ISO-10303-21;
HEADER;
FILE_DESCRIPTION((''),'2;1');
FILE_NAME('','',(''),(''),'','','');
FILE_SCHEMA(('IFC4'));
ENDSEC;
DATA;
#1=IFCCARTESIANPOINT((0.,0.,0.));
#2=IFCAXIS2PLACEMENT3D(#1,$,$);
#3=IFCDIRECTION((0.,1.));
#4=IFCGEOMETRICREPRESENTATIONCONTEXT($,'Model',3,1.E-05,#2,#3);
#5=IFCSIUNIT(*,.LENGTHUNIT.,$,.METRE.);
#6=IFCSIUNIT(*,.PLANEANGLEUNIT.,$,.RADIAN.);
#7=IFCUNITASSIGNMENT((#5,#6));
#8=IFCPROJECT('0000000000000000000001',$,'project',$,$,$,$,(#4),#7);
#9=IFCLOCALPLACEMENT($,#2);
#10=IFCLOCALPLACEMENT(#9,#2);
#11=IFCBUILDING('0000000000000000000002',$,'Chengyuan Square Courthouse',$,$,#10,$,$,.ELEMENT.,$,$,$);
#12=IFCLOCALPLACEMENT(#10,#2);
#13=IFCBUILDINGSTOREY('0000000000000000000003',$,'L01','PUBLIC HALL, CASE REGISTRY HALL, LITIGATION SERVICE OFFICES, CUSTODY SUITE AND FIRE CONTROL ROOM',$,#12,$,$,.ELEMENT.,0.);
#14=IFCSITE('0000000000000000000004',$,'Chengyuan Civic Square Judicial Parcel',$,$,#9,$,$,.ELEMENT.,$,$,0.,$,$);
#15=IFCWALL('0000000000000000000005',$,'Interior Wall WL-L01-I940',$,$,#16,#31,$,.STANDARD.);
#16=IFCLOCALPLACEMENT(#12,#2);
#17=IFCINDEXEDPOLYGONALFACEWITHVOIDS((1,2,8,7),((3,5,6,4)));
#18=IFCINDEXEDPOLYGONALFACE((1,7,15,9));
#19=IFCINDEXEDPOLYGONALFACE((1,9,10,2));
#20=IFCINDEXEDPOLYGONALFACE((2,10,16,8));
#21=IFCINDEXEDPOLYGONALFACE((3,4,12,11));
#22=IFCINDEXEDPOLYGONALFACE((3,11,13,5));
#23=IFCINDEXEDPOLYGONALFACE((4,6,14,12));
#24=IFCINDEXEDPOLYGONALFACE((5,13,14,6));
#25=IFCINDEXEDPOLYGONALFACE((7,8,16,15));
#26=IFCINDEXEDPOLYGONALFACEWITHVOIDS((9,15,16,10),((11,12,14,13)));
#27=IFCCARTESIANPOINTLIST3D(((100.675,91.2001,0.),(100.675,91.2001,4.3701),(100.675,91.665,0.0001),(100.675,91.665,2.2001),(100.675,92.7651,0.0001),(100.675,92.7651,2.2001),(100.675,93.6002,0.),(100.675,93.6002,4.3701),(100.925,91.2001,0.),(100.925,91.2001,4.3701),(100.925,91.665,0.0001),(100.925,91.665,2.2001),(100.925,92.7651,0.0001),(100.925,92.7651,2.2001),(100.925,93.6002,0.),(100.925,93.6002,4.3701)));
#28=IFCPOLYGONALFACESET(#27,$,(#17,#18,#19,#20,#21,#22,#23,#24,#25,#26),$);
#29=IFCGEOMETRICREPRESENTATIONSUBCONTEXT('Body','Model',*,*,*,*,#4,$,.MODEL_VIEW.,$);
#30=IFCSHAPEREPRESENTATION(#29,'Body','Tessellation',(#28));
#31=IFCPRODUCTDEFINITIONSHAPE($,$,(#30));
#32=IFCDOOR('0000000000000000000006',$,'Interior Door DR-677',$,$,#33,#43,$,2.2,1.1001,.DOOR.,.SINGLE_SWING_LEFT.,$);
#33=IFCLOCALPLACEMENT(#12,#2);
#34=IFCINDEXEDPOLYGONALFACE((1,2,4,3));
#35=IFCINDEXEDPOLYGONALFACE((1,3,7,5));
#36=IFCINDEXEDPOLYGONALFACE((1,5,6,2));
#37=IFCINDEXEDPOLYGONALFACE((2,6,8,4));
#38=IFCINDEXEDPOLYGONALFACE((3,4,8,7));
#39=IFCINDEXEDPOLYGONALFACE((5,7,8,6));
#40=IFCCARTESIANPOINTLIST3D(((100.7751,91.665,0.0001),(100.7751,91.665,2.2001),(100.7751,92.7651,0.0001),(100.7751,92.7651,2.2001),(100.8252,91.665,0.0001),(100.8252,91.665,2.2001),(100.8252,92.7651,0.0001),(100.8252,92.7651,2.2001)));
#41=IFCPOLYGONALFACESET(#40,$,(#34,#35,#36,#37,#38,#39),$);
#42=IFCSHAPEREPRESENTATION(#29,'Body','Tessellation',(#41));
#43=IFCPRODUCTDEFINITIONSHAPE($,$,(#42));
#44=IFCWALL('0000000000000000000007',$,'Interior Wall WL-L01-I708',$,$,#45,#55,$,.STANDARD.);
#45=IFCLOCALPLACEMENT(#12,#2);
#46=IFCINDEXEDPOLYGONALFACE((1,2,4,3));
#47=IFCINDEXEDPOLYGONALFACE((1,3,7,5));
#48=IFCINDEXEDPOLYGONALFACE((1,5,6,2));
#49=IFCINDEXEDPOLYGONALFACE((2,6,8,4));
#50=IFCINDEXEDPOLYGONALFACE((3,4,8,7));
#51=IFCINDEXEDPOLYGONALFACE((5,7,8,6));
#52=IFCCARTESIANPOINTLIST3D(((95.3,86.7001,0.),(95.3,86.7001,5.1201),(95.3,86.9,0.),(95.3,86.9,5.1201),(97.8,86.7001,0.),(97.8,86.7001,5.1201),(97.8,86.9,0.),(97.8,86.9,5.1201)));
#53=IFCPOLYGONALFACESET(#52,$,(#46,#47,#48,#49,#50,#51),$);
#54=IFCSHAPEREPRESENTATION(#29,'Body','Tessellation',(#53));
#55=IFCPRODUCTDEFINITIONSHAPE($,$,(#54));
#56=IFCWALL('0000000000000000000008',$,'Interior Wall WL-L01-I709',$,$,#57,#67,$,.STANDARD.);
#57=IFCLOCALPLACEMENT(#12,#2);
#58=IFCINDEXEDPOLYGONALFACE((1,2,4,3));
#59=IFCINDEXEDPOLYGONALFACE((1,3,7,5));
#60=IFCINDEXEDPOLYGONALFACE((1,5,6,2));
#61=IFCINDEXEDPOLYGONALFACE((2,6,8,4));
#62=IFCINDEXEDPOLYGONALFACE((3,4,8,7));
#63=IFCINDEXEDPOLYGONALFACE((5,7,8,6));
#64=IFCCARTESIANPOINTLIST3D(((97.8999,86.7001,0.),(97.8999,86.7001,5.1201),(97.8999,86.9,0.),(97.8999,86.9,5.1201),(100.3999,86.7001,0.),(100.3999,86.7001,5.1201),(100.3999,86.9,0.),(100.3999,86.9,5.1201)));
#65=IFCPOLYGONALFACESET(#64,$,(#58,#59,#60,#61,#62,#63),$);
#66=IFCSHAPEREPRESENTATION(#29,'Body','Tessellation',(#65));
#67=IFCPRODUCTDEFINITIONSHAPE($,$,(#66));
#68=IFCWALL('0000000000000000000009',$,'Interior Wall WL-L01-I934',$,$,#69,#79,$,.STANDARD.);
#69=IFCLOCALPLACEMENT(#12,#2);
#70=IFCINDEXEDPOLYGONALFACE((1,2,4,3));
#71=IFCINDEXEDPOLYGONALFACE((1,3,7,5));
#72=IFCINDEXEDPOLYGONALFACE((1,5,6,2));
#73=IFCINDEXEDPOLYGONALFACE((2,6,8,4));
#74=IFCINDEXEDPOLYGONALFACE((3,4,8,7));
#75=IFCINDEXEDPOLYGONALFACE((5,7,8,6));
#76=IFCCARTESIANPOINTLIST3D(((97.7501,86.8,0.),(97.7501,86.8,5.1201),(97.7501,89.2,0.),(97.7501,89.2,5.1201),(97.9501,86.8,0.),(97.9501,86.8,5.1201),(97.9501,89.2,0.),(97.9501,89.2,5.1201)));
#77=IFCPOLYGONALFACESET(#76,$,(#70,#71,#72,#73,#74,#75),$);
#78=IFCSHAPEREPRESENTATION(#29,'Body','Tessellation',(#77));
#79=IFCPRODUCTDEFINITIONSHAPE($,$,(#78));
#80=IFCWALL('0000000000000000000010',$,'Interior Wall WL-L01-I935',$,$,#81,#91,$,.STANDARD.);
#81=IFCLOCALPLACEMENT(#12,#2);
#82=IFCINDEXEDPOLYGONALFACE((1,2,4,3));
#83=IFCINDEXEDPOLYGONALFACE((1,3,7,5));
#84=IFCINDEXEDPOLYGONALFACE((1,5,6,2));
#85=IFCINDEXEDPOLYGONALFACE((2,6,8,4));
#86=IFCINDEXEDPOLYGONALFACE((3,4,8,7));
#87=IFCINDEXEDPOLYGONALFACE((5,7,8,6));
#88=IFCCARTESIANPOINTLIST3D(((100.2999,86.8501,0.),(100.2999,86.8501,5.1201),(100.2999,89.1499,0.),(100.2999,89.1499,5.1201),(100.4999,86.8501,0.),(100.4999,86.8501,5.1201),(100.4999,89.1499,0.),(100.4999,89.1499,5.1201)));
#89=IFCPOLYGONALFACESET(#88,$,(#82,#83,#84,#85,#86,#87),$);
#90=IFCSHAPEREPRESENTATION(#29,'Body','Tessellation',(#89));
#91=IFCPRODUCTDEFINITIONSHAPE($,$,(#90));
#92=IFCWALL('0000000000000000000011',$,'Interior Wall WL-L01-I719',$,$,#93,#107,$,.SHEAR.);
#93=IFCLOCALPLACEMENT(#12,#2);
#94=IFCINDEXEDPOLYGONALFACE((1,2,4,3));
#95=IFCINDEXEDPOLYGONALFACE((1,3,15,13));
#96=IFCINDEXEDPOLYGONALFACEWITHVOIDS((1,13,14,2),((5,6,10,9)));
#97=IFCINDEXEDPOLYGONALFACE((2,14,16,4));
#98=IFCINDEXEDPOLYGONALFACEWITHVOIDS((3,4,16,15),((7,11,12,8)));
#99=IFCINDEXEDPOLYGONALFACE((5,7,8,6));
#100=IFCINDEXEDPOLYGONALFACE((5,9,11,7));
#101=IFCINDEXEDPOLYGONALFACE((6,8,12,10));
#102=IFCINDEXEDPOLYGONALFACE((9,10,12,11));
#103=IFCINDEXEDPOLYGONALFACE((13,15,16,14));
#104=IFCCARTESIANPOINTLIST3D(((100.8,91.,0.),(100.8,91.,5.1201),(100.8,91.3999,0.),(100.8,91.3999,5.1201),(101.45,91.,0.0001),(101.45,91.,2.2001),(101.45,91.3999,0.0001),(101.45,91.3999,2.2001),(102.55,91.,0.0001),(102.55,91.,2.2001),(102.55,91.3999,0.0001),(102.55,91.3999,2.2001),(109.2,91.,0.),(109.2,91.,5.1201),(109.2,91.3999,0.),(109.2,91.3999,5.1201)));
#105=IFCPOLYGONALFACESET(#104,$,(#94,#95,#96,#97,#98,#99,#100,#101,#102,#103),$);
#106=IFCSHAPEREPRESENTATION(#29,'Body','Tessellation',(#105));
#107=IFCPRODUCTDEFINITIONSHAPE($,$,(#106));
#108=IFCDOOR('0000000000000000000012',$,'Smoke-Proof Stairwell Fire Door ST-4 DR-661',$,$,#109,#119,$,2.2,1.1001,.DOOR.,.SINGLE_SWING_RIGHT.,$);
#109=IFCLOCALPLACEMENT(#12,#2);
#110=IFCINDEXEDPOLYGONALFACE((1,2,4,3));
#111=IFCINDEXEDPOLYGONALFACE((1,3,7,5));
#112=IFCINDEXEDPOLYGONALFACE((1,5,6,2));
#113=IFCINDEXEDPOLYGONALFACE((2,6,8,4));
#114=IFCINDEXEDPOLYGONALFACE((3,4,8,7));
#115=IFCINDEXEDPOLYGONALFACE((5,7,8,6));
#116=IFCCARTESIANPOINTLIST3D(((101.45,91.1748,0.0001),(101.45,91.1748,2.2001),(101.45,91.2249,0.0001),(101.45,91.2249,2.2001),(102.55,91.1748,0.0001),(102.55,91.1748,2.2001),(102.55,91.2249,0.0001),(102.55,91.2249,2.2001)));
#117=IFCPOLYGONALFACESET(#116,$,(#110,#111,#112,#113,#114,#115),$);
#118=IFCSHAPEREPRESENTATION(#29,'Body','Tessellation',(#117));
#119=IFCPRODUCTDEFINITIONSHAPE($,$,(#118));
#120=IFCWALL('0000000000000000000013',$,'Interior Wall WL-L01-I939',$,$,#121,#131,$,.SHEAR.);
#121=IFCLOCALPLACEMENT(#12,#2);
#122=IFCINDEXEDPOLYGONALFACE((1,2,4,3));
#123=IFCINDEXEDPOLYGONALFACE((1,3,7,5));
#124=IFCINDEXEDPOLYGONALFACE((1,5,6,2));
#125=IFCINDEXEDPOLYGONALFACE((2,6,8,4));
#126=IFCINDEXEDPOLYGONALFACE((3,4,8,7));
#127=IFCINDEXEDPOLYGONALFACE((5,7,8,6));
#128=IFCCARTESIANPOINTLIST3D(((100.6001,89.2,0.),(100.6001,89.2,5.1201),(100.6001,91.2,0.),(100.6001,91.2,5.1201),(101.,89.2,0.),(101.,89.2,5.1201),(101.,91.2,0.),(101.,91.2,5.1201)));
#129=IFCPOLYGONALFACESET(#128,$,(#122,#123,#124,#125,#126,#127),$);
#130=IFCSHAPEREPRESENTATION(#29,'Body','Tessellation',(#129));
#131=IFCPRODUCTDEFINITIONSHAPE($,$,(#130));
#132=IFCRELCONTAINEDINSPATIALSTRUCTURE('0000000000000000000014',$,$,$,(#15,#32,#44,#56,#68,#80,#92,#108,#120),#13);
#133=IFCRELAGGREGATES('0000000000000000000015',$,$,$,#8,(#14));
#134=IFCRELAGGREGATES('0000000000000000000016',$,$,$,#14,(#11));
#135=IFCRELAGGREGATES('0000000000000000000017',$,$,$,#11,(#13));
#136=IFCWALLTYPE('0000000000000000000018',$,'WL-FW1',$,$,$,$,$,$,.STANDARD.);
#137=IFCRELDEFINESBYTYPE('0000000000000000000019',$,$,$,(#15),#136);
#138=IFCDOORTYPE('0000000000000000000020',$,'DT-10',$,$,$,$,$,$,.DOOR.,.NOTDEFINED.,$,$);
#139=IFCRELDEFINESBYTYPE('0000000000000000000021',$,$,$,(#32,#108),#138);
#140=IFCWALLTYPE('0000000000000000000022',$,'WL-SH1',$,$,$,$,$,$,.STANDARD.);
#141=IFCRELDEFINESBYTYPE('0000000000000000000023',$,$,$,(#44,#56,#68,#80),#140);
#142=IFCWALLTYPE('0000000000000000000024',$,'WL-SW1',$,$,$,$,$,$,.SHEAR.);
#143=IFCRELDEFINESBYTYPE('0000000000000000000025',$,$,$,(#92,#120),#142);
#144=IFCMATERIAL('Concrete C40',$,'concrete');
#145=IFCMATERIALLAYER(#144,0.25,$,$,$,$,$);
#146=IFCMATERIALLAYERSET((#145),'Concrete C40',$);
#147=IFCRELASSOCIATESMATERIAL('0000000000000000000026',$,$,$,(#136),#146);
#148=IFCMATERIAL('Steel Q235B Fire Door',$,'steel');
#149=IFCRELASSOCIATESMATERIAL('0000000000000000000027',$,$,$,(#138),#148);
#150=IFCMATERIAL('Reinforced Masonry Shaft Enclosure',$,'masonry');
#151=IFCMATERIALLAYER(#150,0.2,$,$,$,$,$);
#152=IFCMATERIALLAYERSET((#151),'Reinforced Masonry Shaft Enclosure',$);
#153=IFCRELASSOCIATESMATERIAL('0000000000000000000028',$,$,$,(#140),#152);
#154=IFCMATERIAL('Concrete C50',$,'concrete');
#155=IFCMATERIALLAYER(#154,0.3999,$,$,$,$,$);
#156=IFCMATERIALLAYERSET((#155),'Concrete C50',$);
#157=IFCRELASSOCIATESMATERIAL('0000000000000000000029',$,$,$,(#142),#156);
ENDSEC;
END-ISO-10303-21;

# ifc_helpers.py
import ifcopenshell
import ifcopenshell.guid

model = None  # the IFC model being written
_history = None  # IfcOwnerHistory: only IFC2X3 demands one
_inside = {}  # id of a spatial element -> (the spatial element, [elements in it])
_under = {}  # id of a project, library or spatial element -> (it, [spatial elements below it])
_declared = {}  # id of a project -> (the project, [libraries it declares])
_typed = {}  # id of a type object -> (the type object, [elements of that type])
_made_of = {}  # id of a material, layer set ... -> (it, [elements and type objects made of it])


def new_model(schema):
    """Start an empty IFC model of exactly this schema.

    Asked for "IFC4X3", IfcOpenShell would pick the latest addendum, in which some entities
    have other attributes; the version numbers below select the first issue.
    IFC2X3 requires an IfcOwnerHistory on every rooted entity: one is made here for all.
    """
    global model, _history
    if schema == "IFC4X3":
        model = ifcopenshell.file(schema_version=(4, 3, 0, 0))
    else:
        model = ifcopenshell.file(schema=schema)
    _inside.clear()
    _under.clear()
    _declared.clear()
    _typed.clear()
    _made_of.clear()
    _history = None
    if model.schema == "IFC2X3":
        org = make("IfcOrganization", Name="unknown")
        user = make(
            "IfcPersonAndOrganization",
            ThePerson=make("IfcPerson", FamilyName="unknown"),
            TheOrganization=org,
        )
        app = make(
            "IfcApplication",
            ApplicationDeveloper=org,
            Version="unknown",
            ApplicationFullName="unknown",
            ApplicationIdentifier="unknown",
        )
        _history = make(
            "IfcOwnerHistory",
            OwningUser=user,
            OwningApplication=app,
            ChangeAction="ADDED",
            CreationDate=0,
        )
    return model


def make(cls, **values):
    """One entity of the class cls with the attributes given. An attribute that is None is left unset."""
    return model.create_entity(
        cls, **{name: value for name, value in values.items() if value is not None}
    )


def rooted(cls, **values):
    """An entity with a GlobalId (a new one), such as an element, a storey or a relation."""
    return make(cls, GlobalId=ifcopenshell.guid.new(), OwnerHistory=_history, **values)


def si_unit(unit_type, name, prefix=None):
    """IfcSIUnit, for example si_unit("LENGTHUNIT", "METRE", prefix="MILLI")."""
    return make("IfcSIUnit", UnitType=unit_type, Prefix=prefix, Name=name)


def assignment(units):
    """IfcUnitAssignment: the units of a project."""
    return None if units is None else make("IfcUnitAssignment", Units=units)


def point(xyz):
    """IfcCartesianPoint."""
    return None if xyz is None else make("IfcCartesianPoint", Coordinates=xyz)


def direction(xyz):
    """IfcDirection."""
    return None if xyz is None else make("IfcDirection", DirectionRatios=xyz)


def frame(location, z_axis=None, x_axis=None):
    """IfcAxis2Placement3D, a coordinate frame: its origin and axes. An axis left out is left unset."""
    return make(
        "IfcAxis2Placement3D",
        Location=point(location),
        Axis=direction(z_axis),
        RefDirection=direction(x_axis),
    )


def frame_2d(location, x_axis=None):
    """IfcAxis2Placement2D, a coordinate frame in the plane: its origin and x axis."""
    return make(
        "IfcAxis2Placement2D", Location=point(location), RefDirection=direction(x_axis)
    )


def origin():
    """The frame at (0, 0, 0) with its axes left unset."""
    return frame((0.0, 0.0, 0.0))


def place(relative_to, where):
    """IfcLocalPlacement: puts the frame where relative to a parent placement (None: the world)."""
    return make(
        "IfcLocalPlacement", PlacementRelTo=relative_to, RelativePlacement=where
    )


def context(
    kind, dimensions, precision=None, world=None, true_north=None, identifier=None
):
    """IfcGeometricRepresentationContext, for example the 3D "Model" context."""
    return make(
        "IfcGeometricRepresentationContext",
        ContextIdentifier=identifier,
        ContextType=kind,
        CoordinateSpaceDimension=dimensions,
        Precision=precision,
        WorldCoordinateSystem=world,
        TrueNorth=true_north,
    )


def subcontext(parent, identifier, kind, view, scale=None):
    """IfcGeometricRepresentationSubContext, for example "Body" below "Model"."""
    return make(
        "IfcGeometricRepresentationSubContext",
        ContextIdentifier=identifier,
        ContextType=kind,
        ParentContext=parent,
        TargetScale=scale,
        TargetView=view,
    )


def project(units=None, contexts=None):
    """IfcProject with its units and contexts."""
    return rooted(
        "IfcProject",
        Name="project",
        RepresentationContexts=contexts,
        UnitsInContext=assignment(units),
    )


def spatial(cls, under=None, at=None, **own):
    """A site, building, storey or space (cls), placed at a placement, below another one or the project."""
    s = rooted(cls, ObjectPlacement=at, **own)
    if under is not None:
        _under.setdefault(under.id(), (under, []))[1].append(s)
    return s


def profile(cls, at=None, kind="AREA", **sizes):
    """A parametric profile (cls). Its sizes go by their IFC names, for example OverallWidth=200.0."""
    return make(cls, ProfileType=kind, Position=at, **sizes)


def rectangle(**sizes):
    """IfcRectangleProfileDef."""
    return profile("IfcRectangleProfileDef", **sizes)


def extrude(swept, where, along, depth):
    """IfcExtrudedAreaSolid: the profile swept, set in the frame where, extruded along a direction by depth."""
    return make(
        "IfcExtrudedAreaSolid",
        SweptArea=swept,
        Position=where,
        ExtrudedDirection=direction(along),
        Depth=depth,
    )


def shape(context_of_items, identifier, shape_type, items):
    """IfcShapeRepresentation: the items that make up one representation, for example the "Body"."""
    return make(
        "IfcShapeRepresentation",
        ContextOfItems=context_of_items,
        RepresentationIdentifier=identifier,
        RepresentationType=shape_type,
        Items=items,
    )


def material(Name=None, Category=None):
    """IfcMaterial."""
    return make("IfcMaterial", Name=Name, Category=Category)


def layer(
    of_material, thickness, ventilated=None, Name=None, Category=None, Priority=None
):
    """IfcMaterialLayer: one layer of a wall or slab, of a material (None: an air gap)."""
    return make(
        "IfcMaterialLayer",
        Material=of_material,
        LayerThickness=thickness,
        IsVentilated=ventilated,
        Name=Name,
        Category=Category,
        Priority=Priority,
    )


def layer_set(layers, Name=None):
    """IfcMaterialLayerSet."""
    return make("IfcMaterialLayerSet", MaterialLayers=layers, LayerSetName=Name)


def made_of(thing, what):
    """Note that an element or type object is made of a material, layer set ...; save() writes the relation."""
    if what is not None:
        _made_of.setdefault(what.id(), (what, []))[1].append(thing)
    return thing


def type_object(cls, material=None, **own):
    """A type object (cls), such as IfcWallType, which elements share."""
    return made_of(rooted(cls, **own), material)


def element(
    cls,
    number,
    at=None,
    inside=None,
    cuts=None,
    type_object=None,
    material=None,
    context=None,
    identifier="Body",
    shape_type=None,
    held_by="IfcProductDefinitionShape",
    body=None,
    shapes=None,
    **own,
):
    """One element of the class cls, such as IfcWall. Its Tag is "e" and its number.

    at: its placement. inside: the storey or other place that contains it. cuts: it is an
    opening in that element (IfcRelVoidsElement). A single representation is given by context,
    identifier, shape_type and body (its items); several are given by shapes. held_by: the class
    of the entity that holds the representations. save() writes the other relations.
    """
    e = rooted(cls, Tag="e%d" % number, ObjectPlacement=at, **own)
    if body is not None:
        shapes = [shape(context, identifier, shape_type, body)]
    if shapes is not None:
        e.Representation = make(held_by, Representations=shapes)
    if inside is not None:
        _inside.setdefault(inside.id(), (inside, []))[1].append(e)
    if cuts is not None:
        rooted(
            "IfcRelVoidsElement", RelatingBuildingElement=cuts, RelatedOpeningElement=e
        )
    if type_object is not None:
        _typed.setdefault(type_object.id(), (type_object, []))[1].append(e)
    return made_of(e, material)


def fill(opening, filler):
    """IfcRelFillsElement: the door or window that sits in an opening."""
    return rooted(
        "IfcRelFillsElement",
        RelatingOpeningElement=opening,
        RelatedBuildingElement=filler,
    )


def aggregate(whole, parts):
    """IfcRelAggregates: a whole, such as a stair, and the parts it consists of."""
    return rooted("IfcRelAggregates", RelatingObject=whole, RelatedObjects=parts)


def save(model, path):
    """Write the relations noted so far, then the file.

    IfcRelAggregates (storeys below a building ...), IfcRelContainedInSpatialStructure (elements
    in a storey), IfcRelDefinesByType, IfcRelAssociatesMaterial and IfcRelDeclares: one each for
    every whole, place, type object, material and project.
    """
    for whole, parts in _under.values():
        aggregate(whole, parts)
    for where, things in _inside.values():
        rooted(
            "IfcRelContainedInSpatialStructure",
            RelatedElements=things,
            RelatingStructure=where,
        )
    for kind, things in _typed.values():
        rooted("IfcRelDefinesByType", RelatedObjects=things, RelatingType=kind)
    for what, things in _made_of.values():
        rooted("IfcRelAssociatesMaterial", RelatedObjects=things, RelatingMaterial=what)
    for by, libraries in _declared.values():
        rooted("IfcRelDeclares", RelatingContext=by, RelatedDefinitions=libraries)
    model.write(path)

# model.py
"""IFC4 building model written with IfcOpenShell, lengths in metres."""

from ifc_helpers import new_model, si_unit, direction, frame, frame_2d, origin, place, context, subcontext, project, spatial, rectangle, extrude, material, layer, layer_set, type_object, element, fill, save


model = new_model("IFC4")

# Units and contexts
model_context = context("Model", 3, precision=1e-05, world=origin(), true_north=direction((0.0, 1.0)))
body_context = subcontext(model_context, "Body", "Model", "MODEL_VIEW")
ifc_project = project(units=[si_unit("LENGTHUNIT", "METRE"), si_unit("PLANEANGLEUNIT", "RADIAN")], contexts=[model_context])

# Site, building, storey
site_placement = place(None, origin())
site = spatial("IfcSite", under=ifc_project, at=site_placement, Name="Chengyuan Civic Square Judicial Parcel", CompositionType="ELEMENT", RefElevation=0.0)
building_placement = place(site_placement, origin())
building = spatial("IfcBuilding", under=site, at=building_placement, Name="Chengyuan Square Courthouse", CompositionType="ELEMENT")
storey_placement = place(building_placement, origin())
storey = spatial("IfcBuildingStorey", under=building, at=storey_placement, Name="L01", Description="PUBLIC HALL, CASE REGISTRY HALL, LITIGATION SERVICE OFFICES, CUSTODY SUITE AND FIRE CONTROL ROOM", CompositionType="ELEMENT", Elevation=0.0)

# Wall, opening, door
ifc_material_1 = material(Name="Concrete C40", Category="concrete")
ifc_layer_1 = layer(ifc_material_1, 0.25)
ifc_layer_set_1 = layer_set([ifc_layer_1], Name="Concrete C40")
wall_type_1 = type_object("IfcWallType", Name="WL-FW1", PredefinedType="STANDARD", material=ifc_layer_set_1)
wall_1_placement = place(storey_placement, frame((100.8, 91.2, 0.0), z_axis=(0.0, 0.0, 1.0), x_axis=(0.0, 1.0, 0.0)))
wall_1 = element("IfcWall", 1, at=wall_1_placement, inside=storey, type_object=wall_type_1, Name="Interior Wall WL-L01-I940", PredefinedType="STANDARD", context=body_context, shape_type="SweptSolid", body=[
    extrude(rectangle(XDim=2.4001, YDim=0.25, at=frame_2d((1.2002, 0.0))), origin(), (0.0, 0.0, 1.0), 4.3701),
])
opening_1_placement = place(wall_1_placement, frame((0.4651, 0.0, 0.0)))
opening_1 = element("IfcOpeningElement", 2, at=opening_1_placement, cuts=wall_1, PredefinedType="OPENING", context=body_context, shape_type="SweptSolid", body=[
    extrude(rectangle(XDim=1.1001, YDim=2.2, at=frame_2d((0.55, 1.1001))), frame((0.0, 0.137, 0.0), z_axis=(0.0, -1.0, 0.0), x_axis=(1.0, 0.0, 0.0)), (0.0, 0.0, 1.0), 0.2739),
])
ifc_material_2 = material(Name="Steel Q235B Fire Door", Category="steel")
door_type_1 = type_object("IfcDoorType", Name="DT-10", OperationType="NOTDEFINED", PredefinedType="DOOR", material=ifc_material_2)
door_1_placement = place(opening_1_placement, origin())
door_1 = element("IfcDoor", 3, at=door_1_placement, inside=storey, type_object=door_type_1, Name="Interior Door DR-677", OperationType="SINGLE_SWING_LEFT", OverallHeight=2.2, OverallWidth=1.1001, PredefinedType="DOOR", context=body_context, shape_type="SweptSolid", body=[
    extrude(rectangle(XDim=1.1001, YDim=2.2, at=frame_2d((0.55, 1.1001))), frame((0.0, 0.0249, 0.0), z_axis=(0.0, -1.0, 0.0), x_axis=(1.0, 0.0, 0.0)), (0.0, 0.0, 1.0), 0.05),
])
fill(opening_1, door_1)

# Walls
ifc_material_3 = material(Name="Reinforced Masonry Shaft Enclosure", Category="masonry")
ifc_layer_2 = layer(ifc_material_3, 0.2)
ifc_layer_set_2 = layer_set([ifc_layer_2], Name="Reinforced Masonry Shaft Enclosure")
wall_type_2 = type_object("IfcWallType", Name="WL-SH1", PredefinedType="STANDARD", material=ifc_layer_set_2)
for number, where, z_axis, x_axis, name in (
    (4, (95.3, 86.8, 0.0), (0.0, 0.0, 1.0), (1.0, 0.0, 0.0), "Interior Wall WL-L01-I708"),
    (5, (97.8999, 86.8, 0.0), (0.0, 0.0, 1.0), (1.0, 0.0, 0.0), "Interior Wall WL-L01-I709"),
):
    element("IfcWall", number, at=place(storey_placement, frame(where, z_axis=z_axis, x_axis=x_axis)), inside=storey, type_object=wall_type_2, Name=name, PredefinedType="STANDARD", context=body_context, shape_type="SweptSolid", body=[
        extrude(rectangle(XDim=2.5, YDim=0.2, at=frame_2d((1.25, 0.0))), origin(), (0.0, 0.0, 1.0), 5.1201),
    ])

# Walls
wall_2_placement = place(storey_placement, frame((97.8501, 86.8, 0.0), z_axis=(0.0, 0.0, 1.0), x_axis=(0.0, 1.0, 0.0)))
element("IfcWall", 6, at=wall_2_placement, inside=storey, type_object=wall_type_2, Name="Interior Wall WL-L01-I934", PredefinedType="STANDARD", context=body_context, shape_type="SweptSolid", body=[
    extrude(rectangle(XDim=2.3999, YDim=0.2, at=frame_2d((1.2, 0.0))), origin(), (0.0, 0.0, 1.0), 5.1201),
])
wall_3_placement = place(storey_placement, frame((100.3999, 86.8501, 0.0), z_axis=(0.0, 0.0, 1.0), x_axis=(0.0, 1.0, 0.0)))
element("IfcWall", 7, at=wall_3_placement, inside=storey, type_object=wall_type_2, Name="Interior Wall WL-L01-I935", PredefinedType="STANDARD", context=body_context, shape_type="SweptSolid", body=[
    extrude(rectangle(XDim=2.2998, YDim=0.2, at=frame_2d((1.1499, 0.0))), origin(), (0.0, 0.0, 1.0), 5.1201),
])

# Wall, opening, door
ifc_material_4 = material(Name="Concrete C50", Category="concrete")
ifc_layer_3 = layer(ifc_material_4, 0.3999)
ifc_layer_set_3 = layer_set([ifc_layer_3], Name="Concrete C50")
wall_type_3 = type_object("IfcWallType", Name="WL-SW1", PredefinedType="SHEAR", material=ifc_layer_set_3)
wall_4_placement = place(storey_placement, frame((100.8, 91.2, 0.0), z_axis=(0.0, 0.0, 1.0), x_axis=(1.0, 0.0, 0.0)))
wall_4 = element("IfcWall", 8, at=wall_4_placement, inside=storey, type_object=wall_type_3, Name="Interior Wall WL-L01-I719", PredefinedType="SHEAR", context=body_context, shape_type="SweptSolid", body=[
    extrude(rectangle(XDim=8.3999, YDim=0.3999, at=frame_2d((4.2, 0.0))), origin(), (0.0, 0.0, 1.0), 5.1201),
])
opening_2_placement = place(wall_4_placement, frame((0.6499, 0.0, 0.0)))
opening_2 = element("IfcOpeningElement", 9, at=opening_2_placement, cuts=wall_4, PredefinedType="OPENING", context=body_context, shape_type="SweptSolid", body=[
    extrude(rectangle(XDim=1.1001, YDim=2.2, at=frame_2d((0.55, 1.1001))), frame((0.0, 0.2119, 0.0), z_axis=(0.0, -1.0, 0.0), x_axis=(1.0, 0.0, 0.0)), (0.0, 0.0, 1.0), 0.4238),
])
door_2_placement = place(opening_2_placement, origin())
door_2 = element("IfcDoor", 10, at=door_2_placement, inside=storey, type_object=door_type_1, Name="Smoke-Proof Stairwell Fire Door ST-4 DR-661", OperationType="SINGLE_SWING_RIGHT", OverallHeight=2.2, OverallWidth=1.1001, PredefinedType="DOOR", context=body_context, shape_type="SweptSolid", body=[
    extrude(rectangle(XDim=1.1001, YDim=2.2, at=frame_2d((0.55, 1.1001))), frame((0.0, 0.0249, 0.0), z_axis=(0.0, -1.0, 0.0), x_axis=(1.0, 0.0, 0.0)), (0.0, 0.0, 1.0), 0.05),
])
fill(opening_2, door_2)

# Wall
wall_5_placement = place(storey_placement, frame((100.8, 89.2, 0.0), z_axis=(0.0, 0.0, 1.0), x_axis=(0.0, 1.0, 0.0)))
element("IfcWall", 11, at=wall_5_placement, inside=storey, type_object=wall_type_3, Name="Interior Wall WL-L01-I939", PredefinedType="SHEAR", context=body_context, shape_type="SweptSolid", body=[
    extrude(rectangle(XDim=2.0, YDim=0.3999, at=frame_2d((1.0, 0.0))), origin(), (0.0, 0.0, 1.0), 5.1201),
])

save(model, "model.ifc")
